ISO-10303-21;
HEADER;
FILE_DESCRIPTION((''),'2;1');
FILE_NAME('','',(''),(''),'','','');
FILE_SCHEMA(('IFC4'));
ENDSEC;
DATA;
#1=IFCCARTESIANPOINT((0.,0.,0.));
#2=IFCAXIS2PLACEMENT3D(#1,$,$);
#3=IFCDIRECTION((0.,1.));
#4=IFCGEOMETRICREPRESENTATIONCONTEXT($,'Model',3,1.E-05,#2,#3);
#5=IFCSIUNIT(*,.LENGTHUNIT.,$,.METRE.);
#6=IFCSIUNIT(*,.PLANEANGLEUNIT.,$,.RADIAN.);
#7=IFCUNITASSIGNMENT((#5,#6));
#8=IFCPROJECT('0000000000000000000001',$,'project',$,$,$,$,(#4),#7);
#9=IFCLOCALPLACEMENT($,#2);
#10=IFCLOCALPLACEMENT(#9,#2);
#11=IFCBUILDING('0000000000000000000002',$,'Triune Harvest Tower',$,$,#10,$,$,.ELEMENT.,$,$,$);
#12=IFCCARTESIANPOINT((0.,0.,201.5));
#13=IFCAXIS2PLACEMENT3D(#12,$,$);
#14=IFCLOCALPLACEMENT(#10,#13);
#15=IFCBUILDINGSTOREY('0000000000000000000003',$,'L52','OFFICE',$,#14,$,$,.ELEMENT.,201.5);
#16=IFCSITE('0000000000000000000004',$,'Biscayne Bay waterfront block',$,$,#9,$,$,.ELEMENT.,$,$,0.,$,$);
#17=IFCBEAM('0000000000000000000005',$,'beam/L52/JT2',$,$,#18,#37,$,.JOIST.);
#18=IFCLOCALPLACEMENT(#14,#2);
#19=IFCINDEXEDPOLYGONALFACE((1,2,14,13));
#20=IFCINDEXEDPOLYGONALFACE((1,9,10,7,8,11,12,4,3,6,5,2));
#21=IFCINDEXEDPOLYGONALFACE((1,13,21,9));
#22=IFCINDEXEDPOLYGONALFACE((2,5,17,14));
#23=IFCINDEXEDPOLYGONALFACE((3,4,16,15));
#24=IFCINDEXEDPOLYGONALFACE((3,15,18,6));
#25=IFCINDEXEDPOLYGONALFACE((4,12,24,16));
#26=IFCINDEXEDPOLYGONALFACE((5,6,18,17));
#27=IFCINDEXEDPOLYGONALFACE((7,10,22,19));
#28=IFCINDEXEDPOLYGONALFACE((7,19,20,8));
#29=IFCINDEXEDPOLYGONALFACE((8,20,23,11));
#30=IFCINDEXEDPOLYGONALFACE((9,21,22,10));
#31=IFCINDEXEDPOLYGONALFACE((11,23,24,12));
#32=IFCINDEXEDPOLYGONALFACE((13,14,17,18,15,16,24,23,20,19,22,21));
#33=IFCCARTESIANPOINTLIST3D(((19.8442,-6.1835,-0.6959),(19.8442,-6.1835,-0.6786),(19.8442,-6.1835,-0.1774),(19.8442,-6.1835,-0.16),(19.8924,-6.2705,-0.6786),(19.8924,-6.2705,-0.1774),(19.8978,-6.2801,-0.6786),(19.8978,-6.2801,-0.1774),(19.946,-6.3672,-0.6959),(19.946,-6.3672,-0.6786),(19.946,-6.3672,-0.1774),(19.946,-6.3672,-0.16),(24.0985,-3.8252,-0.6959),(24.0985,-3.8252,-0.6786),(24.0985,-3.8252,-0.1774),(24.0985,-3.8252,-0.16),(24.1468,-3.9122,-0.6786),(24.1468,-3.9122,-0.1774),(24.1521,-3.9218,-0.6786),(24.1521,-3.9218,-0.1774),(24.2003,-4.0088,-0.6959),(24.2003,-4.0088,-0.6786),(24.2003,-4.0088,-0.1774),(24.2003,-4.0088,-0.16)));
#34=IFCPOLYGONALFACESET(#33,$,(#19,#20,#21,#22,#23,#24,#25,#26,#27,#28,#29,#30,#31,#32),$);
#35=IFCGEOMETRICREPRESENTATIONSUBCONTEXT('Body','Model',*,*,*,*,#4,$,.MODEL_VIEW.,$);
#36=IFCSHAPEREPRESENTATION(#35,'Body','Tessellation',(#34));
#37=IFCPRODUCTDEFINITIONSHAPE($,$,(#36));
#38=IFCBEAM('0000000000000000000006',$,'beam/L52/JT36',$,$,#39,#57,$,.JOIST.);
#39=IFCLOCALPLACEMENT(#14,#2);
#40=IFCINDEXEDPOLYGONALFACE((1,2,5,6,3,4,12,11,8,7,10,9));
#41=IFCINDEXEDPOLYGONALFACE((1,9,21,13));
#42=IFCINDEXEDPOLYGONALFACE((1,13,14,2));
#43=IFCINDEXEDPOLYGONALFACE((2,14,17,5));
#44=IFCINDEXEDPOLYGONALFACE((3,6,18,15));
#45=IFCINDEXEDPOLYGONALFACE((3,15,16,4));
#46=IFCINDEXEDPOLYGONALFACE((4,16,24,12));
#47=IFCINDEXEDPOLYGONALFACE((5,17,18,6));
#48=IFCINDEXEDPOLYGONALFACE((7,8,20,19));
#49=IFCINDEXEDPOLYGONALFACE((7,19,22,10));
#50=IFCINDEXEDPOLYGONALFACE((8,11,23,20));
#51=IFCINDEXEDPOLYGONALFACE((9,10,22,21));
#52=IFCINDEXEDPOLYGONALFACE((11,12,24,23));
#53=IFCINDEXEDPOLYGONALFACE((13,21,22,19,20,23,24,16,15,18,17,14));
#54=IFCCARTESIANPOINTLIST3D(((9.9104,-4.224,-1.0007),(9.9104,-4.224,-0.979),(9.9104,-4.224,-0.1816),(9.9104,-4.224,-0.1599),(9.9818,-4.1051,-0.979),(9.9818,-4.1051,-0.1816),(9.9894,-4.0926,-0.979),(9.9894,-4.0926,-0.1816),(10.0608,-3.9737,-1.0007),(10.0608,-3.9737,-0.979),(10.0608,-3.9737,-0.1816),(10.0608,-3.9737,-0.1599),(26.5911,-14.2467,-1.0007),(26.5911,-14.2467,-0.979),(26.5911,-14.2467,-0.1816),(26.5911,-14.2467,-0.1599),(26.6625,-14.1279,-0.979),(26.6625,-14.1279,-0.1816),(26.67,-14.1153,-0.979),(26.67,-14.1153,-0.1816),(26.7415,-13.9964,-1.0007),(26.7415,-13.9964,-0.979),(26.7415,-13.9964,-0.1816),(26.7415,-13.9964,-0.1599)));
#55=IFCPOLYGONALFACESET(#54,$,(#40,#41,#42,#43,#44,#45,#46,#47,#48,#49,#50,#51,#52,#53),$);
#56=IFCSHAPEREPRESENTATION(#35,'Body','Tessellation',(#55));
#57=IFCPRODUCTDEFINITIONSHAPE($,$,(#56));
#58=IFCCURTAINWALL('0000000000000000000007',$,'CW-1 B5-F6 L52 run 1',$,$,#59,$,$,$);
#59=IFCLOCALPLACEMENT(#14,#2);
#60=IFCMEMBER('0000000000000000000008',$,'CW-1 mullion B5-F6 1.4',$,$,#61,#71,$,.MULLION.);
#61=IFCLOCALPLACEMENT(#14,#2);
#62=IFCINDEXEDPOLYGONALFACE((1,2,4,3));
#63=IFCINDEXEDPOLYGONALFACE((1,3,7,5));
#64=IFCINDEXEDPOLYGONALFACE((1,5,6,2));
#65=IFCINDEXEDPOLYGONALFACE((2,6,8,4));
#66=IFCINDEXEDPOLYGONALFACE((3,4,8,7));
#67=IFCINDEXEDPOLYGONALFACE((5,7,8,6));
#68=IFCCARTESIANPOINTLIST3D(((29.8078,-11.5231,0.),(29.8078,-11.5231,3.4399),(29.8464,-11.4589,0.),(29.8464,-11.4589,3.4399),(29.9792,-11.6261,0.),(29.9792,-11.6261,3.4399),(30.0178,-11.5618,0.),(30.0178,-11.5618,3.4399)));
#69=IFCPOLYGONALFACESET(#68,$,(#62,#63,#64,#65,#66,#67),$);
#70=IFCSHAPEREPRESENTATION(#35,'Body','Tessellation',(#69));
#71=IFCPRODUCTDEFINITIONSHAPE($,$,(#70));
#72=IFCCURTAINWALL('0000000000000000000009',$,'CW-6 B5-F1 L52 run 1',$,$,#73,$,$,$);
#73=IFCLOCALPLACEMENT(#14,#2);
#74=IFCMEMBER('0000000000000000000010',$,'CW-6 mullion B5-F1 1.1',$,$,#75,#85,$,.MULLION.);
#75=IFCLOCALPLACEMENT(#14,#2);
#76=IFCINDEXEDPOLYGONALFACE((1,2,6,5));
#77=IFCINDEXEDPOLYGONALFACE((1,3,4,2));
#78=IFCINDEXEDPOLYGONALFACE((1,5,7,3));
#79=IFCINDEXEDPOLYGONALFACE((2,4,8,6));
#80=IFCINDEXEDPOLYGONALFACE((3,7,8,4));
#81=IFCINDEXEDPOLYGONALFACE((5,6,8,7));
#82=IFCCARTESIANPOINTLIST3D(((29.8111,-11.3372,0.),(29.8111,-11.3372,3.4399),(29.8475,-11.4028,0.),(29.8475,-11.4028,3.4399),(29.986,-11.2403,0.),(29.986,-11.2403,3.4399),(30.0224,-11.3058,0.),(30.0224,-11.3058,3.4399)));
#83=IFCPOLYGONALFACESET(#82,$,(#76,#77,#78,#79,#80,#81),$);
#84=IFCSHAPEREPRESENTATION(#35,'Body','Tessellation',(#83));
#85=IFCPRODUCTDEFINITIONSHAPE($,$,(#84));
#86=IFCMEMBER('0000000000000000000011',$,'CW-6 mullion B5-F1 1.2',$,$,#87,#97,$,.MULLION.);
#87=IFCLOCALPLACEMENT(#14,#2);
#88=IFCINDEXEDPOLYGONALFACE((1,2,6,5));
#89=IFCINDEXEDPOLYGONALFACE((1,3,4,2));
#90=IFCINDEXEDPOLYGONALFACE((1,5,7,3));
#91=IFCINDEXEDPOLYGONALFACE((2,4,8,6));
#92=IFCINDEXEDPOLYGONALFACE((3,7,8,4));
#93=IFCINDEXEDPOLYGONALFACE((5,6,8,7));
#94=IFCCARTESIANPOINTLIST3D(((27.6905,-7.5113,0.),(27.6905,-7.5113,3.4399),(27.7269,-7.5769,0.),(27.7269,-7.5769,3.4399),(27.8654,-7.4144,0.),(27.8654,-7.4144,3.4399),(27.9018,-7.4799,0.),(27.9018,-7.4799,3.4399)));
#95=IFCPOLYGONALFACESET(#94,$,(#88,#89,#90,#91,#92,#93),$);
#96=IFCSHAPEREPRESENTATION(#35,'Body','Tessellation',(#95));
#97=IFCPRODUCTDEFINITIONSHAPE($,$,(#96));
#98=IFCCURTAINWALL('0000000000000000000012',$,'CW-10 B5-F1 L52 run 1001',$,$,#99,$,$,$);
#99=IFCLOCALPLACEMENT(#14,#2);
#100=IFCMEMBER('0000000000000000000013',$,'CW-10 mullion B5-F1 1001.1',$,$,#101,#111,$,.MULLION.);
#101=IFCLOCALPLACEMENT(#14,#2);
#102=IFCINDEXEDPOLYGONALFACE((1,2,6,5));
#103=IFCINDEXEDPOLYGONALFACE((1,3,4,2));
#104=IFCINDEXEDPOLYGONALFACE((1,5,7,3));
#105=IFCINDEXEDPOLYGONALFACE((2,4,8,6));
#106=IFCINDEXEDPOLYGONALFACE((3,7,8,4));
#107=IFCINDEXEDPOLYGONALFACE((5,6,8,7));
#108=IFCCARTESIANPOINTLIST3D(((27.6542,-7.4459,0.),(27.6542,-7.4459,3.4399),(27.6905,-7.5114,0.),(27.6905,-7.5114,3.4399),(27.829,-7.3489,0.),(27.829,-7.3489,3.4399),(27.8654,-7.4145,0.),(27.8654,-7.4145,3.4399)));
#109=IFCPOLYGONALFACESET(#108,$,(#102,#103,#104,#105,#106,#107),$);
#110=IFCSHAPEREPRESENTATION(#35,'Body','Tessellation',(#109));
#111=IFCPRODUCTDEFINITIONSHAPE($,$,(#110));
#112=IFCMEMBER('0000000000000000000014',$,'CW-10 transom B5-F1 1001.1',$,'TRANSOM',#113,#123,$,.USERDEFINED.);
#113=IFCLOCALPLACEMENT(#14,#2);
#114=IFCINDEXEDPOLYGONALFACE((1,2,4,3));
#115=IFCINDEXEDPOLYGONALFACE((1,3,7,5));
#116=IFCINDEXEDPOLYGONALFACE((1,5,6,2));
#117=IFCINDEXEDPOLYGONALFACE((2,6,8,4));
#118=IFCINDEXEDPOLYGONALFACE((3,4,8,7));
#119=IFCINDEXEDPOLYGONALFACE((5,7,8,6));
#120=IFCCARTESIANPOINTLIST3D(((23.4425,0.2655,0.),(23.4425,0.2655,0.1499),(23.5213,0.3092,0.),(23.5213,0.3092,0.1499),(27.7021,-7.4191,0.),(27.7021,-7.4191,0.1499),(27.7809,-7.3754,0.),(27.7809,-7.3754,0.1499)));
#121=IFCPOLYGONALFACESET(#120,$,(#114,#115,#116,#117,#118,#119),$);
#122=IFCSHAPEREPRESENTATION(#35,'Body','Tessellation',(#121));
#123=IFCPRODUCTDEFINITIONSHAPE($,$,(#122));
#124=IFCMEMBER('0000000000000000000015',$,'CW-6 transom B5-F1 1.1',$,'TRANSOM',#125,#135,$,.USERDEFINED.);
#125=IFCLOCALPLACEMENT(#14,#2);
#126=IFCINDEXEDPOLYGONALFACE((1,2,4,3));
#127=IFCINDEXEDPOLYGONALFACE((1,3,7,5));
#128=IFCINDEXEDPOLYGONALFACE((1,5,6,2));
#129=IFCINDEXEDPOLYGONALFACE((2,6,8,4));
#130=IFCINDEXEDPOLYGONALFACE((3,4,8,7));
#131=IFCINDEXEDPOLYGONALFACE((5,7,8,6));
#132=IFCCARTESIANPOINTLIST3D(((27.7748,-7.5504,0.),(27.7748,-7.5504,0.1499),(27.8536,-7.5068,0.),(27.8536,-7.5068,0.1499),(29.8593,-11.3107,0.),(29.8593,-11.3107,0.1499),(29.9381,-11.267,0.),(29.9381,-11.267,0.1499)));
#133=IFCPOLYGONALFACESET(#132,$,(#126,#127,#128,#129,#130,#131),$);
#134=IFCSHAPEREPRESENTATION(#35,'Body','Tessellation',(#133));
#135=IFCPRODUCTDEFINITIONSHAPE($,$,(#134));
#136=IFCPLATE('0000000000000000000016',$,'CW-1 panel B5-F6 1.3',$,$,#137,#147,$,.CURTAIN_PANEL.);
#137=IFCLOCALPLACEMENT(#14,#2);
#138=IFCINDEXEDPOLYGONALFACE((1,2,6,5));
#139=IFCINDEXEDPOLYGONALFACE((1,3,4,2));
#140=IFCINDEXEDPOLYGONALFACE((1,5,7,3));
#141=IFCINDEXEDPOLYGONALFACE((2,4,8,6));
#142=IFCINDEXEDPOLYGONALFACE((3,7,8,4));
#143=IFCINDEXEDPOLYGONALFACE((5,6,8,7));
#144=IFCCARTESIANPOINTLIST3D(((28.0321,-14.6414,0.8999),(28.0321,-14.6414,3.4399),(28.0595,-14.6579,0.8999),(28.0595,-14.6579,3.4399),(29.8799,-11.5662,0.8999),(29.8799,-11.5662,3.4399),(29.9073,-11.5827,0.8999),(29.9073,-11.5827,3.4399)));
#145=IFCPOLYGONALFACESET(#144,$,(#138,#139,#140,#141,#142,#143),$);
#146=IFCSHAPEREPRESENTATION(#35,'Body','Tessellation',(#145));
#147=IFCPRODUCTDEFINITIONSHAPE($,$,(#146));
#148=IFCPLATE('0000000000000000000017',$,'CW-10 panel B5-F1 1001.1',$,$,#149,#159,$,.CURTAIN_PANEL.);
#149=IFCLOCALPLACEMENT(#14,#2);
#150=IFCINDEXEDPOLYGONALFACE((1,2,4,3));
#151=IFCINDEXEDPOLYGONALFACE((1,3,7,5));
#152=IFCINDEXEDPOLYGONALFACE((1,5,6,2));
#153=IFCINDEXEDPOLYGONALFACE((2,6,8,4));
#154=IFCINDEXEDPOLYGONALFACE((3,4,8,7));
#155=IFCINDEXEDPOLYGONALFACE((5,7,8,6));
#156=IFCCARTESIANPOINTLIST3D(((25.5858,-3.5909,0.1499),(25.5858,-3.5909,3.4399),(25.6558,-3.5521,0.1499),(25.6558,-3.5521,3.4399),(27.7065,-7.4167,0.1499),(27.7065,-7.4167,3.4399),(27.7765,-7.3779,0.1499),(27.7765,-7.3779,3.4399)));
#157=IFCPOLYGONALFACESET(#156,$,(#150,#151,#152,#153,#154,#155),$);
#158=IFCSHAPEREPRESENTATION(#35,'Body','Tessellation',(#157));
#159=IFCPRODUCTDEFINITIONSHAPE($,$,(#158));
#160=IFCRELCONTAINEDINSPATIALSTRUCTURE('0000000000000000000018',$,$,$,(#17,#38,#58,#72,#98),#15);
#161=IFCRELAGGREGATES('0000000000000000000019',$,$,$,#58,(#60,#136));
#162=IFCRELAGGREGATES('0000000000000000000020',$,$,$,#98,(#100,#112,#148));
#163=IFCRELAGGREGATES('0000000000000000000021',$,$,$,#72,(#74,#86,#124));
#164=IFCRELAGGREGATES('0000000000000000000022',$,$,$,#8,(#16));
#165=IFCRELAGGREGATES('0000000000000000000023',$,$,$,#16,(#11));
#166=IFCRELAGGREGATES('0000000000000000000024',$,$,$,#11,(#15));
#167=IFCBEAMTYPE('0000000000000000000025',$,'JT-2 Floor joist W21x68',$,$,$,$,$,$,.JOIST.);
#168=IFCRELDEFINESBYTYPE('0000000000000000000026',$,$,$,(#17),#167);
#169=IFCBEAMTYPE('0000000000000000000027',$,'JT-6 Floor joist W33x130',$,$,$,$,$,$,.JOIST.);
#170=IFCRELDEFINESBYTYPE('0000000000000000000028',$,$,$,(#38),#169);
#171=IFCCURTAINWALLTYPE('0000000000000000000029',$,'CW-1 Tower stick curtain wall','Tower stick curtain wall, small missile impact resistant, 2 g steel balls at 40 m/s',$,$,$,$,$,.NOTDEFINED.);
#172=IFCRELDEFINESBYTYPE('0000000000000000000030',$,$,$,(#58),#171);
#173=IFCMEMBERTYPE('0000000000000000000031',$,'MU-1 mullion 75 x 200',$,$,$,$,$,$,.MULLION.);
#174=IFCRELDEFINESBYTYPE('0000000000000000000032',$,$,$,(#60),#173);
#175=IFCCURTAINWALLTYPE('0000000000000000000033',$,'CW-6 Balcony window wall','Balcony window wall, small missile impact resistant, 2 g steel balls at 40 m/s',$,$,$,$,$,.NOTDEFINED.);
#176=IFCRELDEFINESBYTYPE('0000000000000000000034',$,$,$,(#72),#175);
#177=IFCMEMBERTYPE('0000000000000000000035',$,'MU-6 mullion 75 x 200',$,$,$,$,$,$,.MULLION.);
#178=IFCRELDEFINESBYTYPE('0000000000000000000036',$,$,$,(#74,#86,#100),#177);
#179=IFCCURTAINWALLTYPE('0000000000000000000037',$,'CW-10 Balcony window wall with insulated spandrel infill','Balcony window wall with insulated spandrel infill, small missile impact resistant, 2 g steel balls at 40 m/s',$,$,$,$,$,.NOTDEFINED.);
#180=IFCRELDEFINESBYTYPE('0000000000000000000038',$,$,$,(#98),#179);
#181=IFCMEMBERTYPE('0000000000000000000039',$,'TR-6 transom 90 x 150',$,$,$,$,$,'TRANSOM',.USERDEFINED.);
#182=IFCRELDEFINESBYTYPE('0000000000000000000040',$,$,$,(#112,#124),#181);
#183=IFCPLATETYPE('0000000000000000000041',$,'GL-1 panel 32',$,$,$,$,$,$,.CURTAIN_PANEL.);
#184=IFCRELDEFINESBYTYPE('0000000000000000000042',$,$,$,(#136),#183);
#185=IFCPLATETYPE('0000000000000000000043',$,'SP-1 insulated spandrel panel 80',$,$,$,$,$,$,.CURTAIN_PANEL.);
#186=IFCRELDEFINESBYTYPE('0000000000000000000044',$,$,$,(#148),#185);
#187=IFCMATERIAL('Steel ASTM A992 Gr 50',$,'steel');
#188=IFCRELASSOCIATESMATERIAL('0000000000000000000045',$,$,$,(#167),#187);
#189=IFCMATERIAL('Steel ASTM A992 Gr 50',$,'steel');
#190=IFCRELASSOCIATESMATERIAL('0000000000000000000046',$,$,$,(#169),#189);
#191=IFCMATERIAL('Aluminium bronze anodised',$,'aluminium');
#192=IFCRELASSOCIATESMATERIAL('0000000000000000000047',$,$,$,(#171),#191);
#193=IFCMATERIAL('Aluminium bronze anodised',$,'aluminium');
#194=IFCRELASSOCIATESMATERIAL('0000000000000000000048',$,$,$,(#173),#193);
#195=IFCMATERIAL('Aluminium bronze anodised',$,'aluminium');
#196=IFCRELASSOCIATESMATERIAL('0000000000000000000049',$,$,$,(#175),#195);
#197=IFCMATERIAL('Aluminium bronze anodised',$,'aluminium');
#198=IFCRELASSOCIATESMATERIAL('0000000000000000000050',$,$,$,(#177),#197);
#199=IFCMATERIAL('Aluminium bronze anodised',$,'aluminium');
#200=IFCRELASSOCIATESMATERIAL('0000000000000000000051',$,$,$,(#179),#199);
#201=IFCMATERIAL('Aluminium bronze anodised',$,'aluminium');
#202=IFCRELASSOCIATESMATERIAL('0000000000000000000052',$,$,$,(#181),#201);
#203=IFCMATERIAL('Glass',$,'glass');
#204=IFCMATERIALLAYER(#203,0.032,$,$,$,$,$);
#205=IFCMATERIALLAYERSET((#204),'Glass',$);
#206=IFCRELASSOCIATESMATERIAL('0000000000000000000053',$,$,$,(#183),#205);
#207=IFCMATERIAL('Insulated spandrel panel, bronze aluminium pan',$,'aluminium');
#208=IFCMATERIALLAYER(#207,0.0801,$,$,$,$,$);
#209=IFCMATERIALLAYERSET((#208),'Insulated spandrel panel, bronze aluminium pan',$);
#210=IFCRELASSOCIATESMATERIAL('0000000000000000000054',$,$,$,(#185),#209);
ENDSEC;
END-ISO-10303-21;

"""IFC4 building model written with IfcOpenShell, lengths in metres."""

from ifc_helpers import new_model, si_unit, direction, frame, origin, origin_2d, place, context, subcontext, project, spatial, rectangle, i_section, extrude, source, transform, mapped, material, layer, layer_set, material_profile, profile_set, type_object, element, aggregate, save


model = new_model("IFC4")

# Units and contexts
model_context = context("Model", 3, precision=1e-05, world=origin(), true_north=direction((0.0, 1.0)))
body_context = subcontext(model_context, "Body", "Model", "MODEL_VIEW")
ifc_project = project(units=[si_unit("LENGTHUNIT", "METRE"), si_unit("PLANEANGLEUNIT", "RADIAN")], contexts=[model_context])

# Site, building, storey
site_placement = place(None, origin())
site = spatial("IfcSite", under=ifc_project, at=site_placement, Name="Biscayne Bay waterfront block", CompositionType="ELEMENT", RefElevation=0.0)
building_placement = place(site_placement, origin())
building = spatial("IfcBuilding", under=site, at=building_placement, Name="Triune Harvest Tower", CompositionType="ELEMENT")
storey_placement = place(building_placement, frame((0.0, 0.0, 201.5)))
storey = spatial("IfcBuildingStorey", under=building, at=storey_placement, Name="L52", Description="OFFICE", CompositionType="ELEMENT", Elevation=201.5)

# Beams
ifc_material_1 = material(Name="Steel ASTM A992 Gr 50", Category="steel")
ifc_material_profile_1 = material_profile(ifc_material_1, i_section(OverallWidth=0.21, OverallDepth=0.5359, WebThickness=0.011, FlangeThickness=0.0173, at=origin_2d()), Name="W21x68")
ifc_profile_set_1 = profile_set([ifc_material_profile_1], Name="Steel ASTM A992 Gr 50")
beam_type_1 = type_object("IfcBeamType", Name="JT-2 Floor joist W21x68", PredefinedType="JOIST", material=ifc_profile_set_1)
shared_shape_1 = source(origin(), body_context, "Body", "SweptSolid", [
    extrude(i_section(OverallWidth=0.21, OverallDepth=0.5359, WebThickness=0.011, FlangeThickness=0.0173, at=origin_2d()), origin(), (0.0, 0.0, 1.0), 4.8643),
])
beam_1_placement = place(storey_placement, frame((24.1494, -3.917, -0.428), z_axis=(-0.874607, -0.484833, 0.0), x_axis=(0.484833, -0.874607, 0.0)))
element("IfcBeam", 1, at=beam_1_placement, inside=storey, type_object=beam_type_1, Name="beam/L52/JT2", PredefinedType="JOIST", context=body_context, shape_type="MappedRepresentation", body=[
    mapped(shared_shape_1, transform((0.0, 0.0, 0.0), scale=1.0)),
])
ifc_material_2 = material(Name="Steel ASTM A992 Gr 50", Category="steel")
ifc_material_profile_2 = material_profile(ifc_material_2, i_section(OverallWidth=0.292, OverallDepth=0.8408, WebThickness=0.0146, FlangeThickness=0.0217, at=origin_2d()), Name="W33x130")
ifc_profile_set_2 = profile_set([ifc_material_profile_2], Name="Steel ASTM A992 Gr 50")
beam_type_2 = type_object("IfcBeamType", Name="JT-6 Floor joist W33x130", PredefinedType="JOIST", material=ifc_profile_set_2)
shared_shape_2 = source(origin(), body_context, "Body", "SweptSolid", [
    extrude(i_section(OverallWidth=0.292, OverallDepth=0.8408, WebThickness=0.0146, FlangeThickness=0.0217, at=origin_2d()), origin(), (0.0, 0.0, 1.0), 19.4602),
])
beam_2_placement = place(storey_placement, frame((26.6663, -14.1216, -0.5803), z_axis=(-0.857168, 0.515036, 0.0), x_axis=(-0.515036, -0.857168, 0.0)))
element("IfcBeam", 2, at=beam_2_placement, inside=storey, type_object=beam_type_2, Name="beam/L52/JT36", PredefinedType="JOIST", context=body_context, shape_type="MappedRepresentation", body=[
    mapped(shared_shape_2, transform((0.0, 0.0, 0.0), scale=1.0)),
])

# Curtain wall, member
ifc_material_3 = material(Name="Aluminium bronze anodised", Category="aluminium")
curtain_wall_type_1 = type_object("IfcCurtainWallType", Name="CW-1 Tower stick curtain wall", Description="Tower stick curtain wall, small missile impact resistant, 2 g steel balls at 40 m/s", PredefinedType="NOTDEFINED", material=ifc_material_3)
curtain_wall_1_placement = place(storey_placement, origin())
curtain_wall_1 = element("IfcCurtainWall", 3, at=curtain_wall_1_placement, inside=storey, type_object=curtain_wall_type_1, Name="CW-1 B5-F6 L52 run 1")
ifc_material_4 = material(Name="Aluminium bronze anodised", Category="aluminium")
ifc_material_profile_3 = material_profile(ifc_material_4, rectangle(XDim=0.2, YDim=0.075, at=origin_2d()), Name="MU-1 mullion 75 x 200")
ifc_profile_set_3 = profile_set([ifc_material_profile_3], Name="Aluminium bronze anodised")
member_type_1 = type_object("IfcMemberType", Name="MU-1 mullion 75 x 200", PredefinedType="MULLION", material=ifc_profile_set_3)
shared_shape_3 = source(origin(), body_context, "Body", "SweptSolid", [
    extrude(rectangle(XDim=0.2, YDim=0.075, at=origin_2d()), origin(), (0.0, 0.0, 1.0), 3.4399),
])
member_1_placement = place(storey_placement, frame((29.9128, -11.5425, 0.0), z_axis=(0.0, 0.0, 1.0), x_axis=(-0.857168, 0.515037, 0.0)))
member_1 = element("IfcMember", 4, at=member_1_placement, type_object=member_type_1, Name="CW-1 mullion B5-F6 1.4", PredefinedType="MULLION", context=body_context, shape_type="MappedRepresentation", body=[
    mapped(shared_shape_3, transform((0.0, 0.0, 0.0), scale=1.0)),
])

# Curtain walls, members
ifc_material_5 = material(Name="Aluminium bronze anodised", Category="aluminium")
curtain_wall_type_2 = type_object("IfcCurtainWallType", Name="CW-6 Balcony window wall", Description="Balcony window wall, small missile impact resistant, 2 g steel balls at 40 m/s", PredefinedType="NOTDEFINED", material=ifc_material_5)
curtain_wall_2_placement = place(storey_placement, origin())
curtain_wall_2 = element("IfcCurtainWall", 5, at=curtain_wall_2_placement, inside=storey, type_object=curtain_wall_type_2, Name="CW-6 B5-F1 L52 run 1")
ifc_material_6 = material(Name="Aluminium bronze anodised", Category="aluminium")
ifc_material_profile_4 = material_profile(ifc_material_6, rectangle(XDim=0.2, YDim=0.075, at=origin_2d()), Name="MU-6 mullion 75 x 200")
ifc_profile_set_4 = profile_set([ifc_material_profile_4], Name="Aluminium bronze anodised")
member_type_2 = type_object("IfcMemberType", Name="MU-6 mullion 75 x 200", PredefinedType="MULLION", material=ifc_profile_set_4)
shared_shape_4 = source(origin(), body_context, "Body", "SweptSolid", [
    extrude(rectangle(XDim=0.2, YDim=0.075, at=origin_2d()), origin(), (0.0, 0.0, 1.0), 3.4399),
])
member_2_placement = place(storey_placement, frame((29.9167, -11.3215, 0.0), z_axis=(0.0, 0.0, 1.0), x_axis=(-0.874621, -0.484807, 0.0)))
member_2 = element("IfcMember", 6, at=member_2_placement, type_object=member_type_2, Name="CW-6 mullion B5-F1 1.1", PredefinedType="MULLION", context=body_context, shape_type="MappedRepresentation", body=[
    mapped(shared_shape_4, transform((0.0, 0.0, 0.0), scale=1.0)),
])
member_3_placement = place(storey_placement, frame((27.7961, -7.4956, 0.0), z_axis=(0.0, 0.0, 1.0), x_axis=(-0.874621, -0.484807, 0.0)))
member_3 = element("IfcMember", 7, at=member_3_placement, type_object=member_type_2, Name="CW-6 mullion B5-F1 1.2", PredefinedType="MULLION", context=body_context, shape_type="MappedRepresentation", body=[
    mapped(shared_shape_4, transform((0.0, 0.0, 0.0), scale=1.0)),
])
ifc_material_7 = material(Name="Aluminium bronze anodised", Category="aluminium")
curtain_wall_type_3 = type_object("IfcCurtainWallType", Name="CW-10 Balcony window wall with insulated spandrel infill", Description="Balcony window wall with insulated spandrel infill, small missile impact resistant, 2 g steel balls at 40 m/s", PredefinedType="NOTDEFINED", material=ifc_material_7)
curtain_wall_3_placement = place(storey_placement, origin())
curtain_wall_3 = element("IfcCurtainWall", 8, at=curtain_wall_3_placement, inside=storey, type_object=curtain_wall_type_3, Name="CW-10 B5-F1 L52 run 1001")
member_4_placement = place(storey_placement, frame((27.7598, -7.4302, 0.0), z_axis=(0.0, 0.0, 1.0), x_axis=(-0.87462, -0.484808, 0.0)))
member_4 = element("IfcMember", 9, at=member_4_placement, type_object=member_type_2, Name="CW-10 mullion B5-F1 1001.1", PredefinedType="MULLION", context=body_context, shape_type="MappedRepresentation", body=[
    mapped(shared_shape_4, transform((0.0, 0.0, 0.0), scale=1.0)),
])
ifc_material_8 = material(Name="Aluminium bronze anodised", Category="aluminium")
ifc_material_profile_5 = material_profile(ifc_material_8, rectangle(XDim=0.0901, YDim=0.1499, at=origin_2d()), Name="TR-6 transom 90 x 150")
ifc_profile_set_5 = profile_set([ifc_material_profile_5], Name="Aluminium bronze anodised")
member_type_3 = type_object("IfcMemberType", Name="TR-6 transom 90 x 150", ElementType="TRANSOM", PredefinedType="USERDEFINED", material=ifc_profile_set_5)
shared_shape_5 = source(origin(), body_context, "Body", "SweptSolid", [
    extrude(rectangle(XDim=0.0901, YDim=0.1499, at=origin_2d()), origin(), (0.0, 0.0, 1.0), 8.7861),
])
member_5_placement = place(storey_placement, frame((27.7415, -7.3972, 0.075), z_axis=(-0.4848, 0.874625, 0.0), x_axis=(-0.874625, -0.4848, 0.0)))
member_5 = element("IfcMember", 10, at=member_5_placement, type_object=member_type_3, Name="CW-10 transom B5-F1 1001.1", ObjectType="TRANSOM", PredefinedType="USERDEFINED", context=body_context, shape_type="MappedRepresentation", body=[
    mapped(shared_shape_5, transform((0.0, 0.0, 0.0), scale=1.0)),
])

# Member
shared_shape_6 = source(origin(), body_context, "Body", "SweptSolid", [
    extrude(rectangle(XDim=0.0901, YDim=0.1499, at=origin_2d()), origin(), (0.0, 0.0, 1.0), 4.2993),
])
member_6_placement = place(storey_placement, frame((29.8987, -11.2888, 0.075), z_axis=(-0.484833, 0.874607, 0.0), x_axis=(-0.874607, -0.484833, 0.0)))
member_6 = element("IfcMember", 11, at=member_6_placement, type_object=member_type_3, Name="CW-6 transom B5-F1 1.1", ObjectType="TRANSOM", PredefinedType="USERDEFINED", context=body_context, shape_type="MappedRepresentation", body=[
    mapped(shared_shape_6, transform((0.0, 0.0, 0.0), scale=1.0)),
])

# Plates
ifc_material_9 = material(Name="Glass", Category="glass")
ifc_layer_1 = layer(ifc_material_9, 0.032)
ifc_layer_set_1 = layer_set([ifc_layer_1], Name="Glass")
plate_type_1 = type_object("IfcPlateType", Name="GL-1 panel 32", PredefinedType="CURTAIN_PANEL", material=ifc_layer_set_1)
shared_shape_7 = source(origin(), body_context, "Body", "SweptSolid", [
    extrude(rectangle(XDim=3.5876, YDim=0.032, at=origin_2d()), origin(), (0.0, 0.0, 1.0), 2.54),
])
plate_1_placement = place(storey_placement, frame((28.9697, -13.1121, 0.8999), z_axis=(0.0, 0.0, 1.0), x_axis=(0.515037, 0.857168, 0.0)))
plate_1 = element("IfcPlate", 12, at=plate_1_placement, type_object=plate_type_1, Name="CW-1 panel B5-F6 1.3", PredefinedType="CURTAIN_PANEL", context=body_context, shape_type="MappedRepresentation", body=[
    mapped(shared_shape_7, transform((0.0, 0.0, 0.0), scale=1.0)),
])
aggregate(curtain_wall_1, [member_1, plate_1])
ifc_material_10 = material(Name="Insulated spandrel panel, bronze aluminium pan", Category="aluminium")
ifc_layer_2 = layer(ifc_material_10, 0.0801)
ifc_layer_set_2 = layer_set([ifc_layer_2], Name="Insulated spandrel panel, bronze aluminium pan")
plate_type_2 = type_object("IfcPlateType", Name="SP-1 insulated spandrel panel 80", PredefinedType="CURTAIN_PANEL", material=ifc_layer_set_2)
shared_shape_8 = source(origin(), body_context, "Body", "SweptSolid", [
    extrude(rectangle(XDim=4.3743, YDim=0.0801, at=origin_2d()), origin(), (0.0, 0.0, 1.0), 3.29),
])
plate_2_placement = place(storey_placement, frame((26.6812, -5.4844, 0.1499), z_axis=(0.0, 0.0, 1.0), x_axis=(-0.484808, 0.87462, 0.0)))
plate_2 = element("IfcPlate", 13, at=plate_2_placement, type_object=plate_type_2, Name="CW-10 panel B5-F1 1001.1", PredefinedType="CURTAIN_PANEL", context=body_context, shape_type="MappedRepresentation", body=[
    mapped(shared_shape_8, transform((0.0, 0.0, 0.0), scale=1.0)),
])
aggregate(curtain_wall_3, [member_4, member_5, plate_2])
aggregate(curtain_wall_2, [member_2, member_3, member_6])

save(model, "model.ifc")
